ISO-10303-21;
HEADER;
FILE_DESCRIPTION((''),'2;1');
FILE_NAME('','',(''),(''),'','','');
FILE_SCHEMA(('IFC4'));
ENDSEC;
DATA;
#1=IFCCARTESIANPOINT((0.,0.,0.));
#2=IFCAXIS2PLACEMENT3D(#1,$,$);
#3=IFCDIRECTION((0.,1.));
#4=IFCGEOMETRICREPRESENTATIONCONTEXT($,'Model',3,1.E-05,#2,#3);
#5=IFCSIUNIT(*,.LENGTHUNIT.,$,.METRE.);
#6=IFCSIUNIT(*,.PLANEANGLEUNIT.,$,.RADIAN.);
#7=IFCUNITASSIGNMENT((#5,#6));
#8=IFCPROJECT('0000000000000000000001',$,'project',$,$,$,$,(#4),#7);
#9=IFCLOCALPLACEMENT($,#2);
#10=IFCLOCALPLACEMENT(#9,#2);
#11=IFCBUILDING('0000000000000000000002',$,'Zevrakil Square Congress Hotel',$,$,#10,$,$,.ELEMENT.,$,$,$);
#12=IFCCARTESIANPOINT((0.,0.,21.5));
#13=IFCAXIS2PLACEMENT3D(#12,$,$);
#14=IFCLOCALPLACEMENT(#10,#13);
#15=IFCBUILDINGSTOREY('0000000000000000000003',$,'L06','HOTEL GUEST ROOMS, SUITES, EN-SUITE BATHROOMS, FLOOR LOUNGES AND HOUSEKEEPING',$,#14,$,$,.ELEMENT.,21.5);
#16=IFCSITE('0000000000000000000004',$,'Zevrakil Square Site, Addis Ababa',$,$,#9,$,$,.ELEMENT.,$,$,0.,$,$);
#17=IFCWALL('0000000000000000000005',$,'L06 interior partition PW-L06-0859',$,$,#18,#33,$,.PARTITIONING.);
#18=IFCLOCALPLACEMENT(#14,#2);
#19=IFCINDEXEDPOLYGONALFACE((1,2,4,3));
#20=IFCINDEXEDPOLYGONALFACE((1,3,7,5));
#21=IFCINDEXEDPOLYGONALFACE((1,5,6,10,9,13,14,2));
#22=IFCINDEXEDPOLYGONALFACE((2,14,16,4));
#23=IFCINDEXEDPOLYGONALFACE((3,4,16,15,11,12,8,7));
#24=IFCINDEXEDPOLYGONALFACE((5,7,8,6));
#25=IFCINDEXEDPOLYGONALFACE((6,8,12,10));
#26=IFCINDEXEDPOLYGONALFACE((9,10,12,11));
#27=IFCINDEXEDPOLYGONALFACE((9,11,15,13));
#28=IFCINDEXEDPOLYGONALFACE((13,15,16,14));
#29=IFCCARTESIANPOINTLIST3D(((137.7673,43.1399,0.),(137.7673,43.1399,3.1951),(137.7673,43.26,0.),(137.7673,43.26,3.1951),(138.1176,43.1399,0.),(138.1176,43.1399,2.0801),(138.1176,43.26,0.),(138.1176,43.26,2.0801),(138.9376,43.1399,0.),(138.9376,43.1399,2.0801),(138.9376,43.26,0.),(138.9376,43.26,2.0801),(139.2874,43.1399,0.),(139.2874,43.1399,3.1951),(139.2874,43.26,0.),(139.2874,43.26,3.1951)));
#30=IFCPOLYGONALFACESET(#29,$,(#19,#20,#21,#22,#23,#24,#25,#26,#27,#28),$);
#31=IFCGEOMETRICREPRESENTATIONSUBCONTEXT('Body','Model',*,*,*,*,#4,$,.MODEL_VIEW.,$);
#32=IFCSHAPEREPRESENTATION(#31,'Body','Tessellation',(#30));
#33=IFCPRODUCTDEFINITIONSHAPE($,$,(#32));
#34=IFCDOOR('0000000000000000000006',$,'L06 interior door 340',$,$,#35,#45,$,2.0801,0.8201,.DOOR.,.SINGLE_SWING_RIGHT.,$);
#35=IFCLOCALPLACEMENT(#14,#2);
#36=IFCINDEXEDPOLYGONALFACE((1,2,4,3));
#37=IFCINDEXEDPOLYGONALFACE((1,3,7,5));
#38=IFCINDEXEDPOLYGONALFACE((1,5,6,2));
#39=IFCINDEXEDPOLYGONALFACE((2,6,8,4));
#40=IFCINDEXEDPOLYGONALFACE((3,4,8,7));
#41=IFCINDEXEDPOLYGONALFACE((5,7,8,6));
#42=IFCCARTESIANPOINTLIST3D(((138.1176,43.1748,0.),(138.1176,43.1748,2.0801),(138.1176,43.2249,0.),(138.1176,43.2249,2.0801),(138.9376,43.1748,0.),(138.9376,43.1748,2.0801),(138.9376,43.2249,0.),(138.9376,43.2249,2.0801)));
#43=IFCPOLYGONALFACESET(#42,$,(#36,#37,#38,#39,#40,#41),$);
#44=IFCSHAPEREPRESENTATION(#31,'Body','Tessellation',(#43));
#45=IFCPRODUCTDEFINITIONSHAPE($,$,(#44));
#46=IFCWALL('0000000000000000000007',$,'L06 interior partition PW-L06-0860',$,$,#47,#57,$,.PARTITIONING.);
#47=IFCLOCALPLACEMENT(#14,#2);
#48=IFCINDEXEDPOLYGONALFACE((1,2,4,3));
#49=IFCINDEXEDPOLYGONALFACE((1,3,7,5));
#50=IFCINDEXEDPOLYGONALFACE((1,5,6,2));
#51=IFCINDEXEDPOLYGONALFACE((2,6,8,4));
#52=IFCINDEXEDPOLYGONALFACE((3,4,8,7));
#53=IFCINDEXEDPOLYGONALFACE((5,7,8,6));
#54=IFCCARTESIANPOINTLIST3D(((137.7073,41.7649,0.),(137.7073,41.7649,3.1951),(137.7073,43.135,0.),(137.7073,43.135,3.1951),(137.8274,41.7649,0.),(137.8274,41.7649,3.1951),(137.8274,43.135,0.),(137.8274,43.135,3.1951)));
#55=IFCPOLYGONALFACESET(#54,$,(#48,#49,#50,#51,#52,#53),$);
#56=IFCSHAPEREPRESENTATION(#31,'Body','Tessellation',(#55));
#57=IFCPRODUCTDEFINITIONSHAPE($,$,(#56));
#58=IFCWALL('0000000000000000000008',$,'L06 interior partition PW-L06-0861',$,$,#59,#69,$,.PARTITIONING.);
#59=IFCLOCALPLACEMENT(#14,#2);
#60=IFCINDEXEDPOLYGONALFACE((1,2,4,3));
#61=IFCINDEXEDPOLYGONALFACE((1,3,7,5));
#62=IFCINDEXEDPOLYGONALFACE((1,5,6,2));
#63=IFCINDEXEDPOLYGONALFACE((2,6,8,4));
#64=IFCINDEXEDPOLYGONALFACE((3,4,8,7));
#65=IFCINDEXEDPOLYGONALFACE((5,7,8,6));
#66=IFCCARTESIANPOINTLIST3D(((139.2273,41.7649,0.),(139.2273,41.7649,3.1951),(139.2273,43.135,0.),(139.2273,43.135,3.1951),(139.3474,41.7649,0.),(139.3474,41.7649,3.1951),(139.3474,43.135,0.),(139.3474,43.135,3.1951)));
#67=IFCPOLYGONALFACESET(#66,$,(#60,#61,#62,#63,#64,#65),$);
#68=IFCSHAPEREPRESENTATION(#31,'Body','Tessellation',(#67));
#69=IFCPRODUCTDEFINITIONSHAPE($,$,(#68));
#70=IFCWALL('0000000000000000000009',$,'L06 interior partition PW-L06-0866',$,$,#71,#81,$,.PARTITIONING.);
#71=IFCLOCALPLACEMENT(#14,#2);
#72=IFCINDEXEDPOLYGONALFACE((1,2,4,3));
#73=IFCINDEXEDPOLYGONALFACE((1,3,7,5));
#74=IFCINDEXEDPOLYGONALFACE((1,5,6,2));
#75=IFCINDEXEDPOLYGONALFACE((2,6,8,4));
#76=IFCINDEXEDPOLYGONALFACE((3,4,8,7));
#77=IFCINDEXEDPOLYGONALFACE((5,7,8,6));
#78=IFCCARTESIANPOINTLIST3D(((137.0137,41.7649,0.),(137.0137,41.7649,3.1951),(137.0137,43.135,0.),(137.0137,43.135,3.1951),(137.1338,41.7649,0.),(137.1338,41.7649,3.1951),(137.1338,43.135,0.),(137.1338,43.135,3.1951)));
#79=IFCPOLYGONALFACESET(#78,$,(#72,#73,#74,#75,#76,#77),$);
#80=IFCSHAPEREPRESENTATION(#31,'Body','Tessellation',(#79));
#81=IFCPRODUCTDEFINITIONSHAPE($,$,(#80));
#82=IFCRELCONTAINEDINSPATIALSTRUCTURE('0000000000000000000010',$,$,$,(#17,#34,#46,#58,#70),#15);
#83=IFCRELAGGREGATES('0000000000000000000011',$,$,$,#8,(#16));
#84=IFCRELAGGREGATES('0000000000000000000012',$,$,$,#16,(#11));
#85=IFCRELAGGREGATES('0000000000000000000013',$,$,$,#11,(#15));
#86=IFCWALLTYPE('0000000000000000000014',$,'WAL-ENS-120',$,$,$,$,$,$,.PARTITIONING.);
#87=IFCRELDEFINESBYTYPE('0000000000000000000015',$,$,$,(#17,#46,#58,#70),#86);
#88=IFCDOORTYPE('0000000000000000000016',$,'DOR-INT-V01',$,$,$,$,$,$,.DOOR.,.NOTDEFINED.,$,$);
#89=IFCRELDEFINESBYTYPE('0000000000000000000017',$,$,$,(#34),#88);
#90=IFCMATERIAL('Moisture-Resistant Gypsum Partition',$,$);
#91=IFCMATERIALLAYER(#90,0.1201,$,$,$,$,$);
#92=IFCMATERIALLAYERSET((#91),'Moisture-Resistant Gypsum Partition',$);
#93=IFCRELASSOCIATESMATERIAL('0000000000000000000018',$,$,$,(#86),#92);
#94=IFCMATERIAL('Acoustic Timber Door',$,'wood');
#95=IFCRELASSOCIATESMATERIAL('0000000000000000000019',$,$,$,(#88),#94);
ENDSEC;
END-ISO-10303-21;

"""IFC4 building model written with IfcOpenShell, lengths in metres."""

from ifc_helpers import new_model, si_unit, direction, frame, frame_2d, origin, place, context, subcontext, project, spatial, rectangle, extrude, material, layer, layer_set, type_object, element, fill, save


model = new_model("IFC4")

# Units and contexts
model_context = context("Model", 3, precision=1e-05, world=origin(), true_north=direction((0.0, 1.0)))
body_context = subcontext(model_context, "Body", "Model", "MODEL_VIEW")
ifc_project = project(units=[si_unit("LENGTHUNIT", "METRE"), si_unit("PLANEANGLEUNIT", "RADIAN")], contexts=[model_context])

# Site, building, storey
site_placement = place(None, origin())
site = spatial("IfcSite", under=ifc_project, at=site_placement, Name="Zevrakil Square Site, Addis Ababa", CompositionType="ELEMENT", RefElevation=0.0)
building_placement = place(site_placement, origin())
building = spatial("IfcBuilding", under=site, at=building_placement, Name="Zevrakil Square Congress Hotel", CompositionType="ELEMENT")
storey_placement = place(building_placement, frame((0.0, 0.0, 21.5)))
storey = spatial("IfcBuildingStorey", under=building, at=storey_placement, Name="L06", Description="HOTEL GUEST ROOMS, SUITES, EN-SUITE BATHROOMS, FLOOR LOUNGES AND HOUSEKEEPING", CompositionType="ELEMENT", Elevation=21.5)

# Shared definitions
ifc_material_1 = material(Name="Moisture-Resistant Gypsum Partition")
ifc_layer_1 = layer(ifc_material_1, 0.1201)
ifc_layer_set_1 = layer_set([ifc_layer_1], Name="Moisture-Resistant Gypsum Partition")
wall_type_1 = type_object("IfcWallType", Name="WAL-ENS-120", PredefinedType="PARTITIONING", material=ifc_layer_set_1)

# Shared definitions
ifc_material_2 = material(Name="Acoustic Timber Door", Category="wood")
door_type_1 = type_object("IfcDoorType", Name="DOR-INT-V01", OperationType="NOTDEFINED", PredefinedType="DOOR", material=ifc_material_2)

# Wall, opening, door
wall_1_placement = place(storey_placement, frame((137.7673, 43.2, 0.0), z_axis=(0.0, 0.0, 1.0), x_axis=(1.0, 0.0, 0.0)))
wall_1 = element("IfcWall", 1, at=wall_1_placement, inside=storey, type_object=wall_type_1, Name="L06 interior partition PW-L06-0859", PredefinedType="PARTITIONING", context=body_context, shape_type="SweptSolid", body=[
    extrude(rectangle(XDim=1.52, YDim=0.1201, at=frame_2d((0.76, 0.0))), origin(), (0.0, 0.0, 1.0), 3.1951),
])
opening_1_placement = place(wall_1_placement, frame((0.3501, 0.0, 0.0)))
opening_1 = element("IfcOpeningElement", 2, at=opening_1_placement, cuts=wall_1, PredefinedType="OPENING", context=body_context, shape_type="SweptSolid", body=[
    extrude(rectangle(XDim=0.8201, YDim=2.0801, at=frame_2d((0.4102, 1.04))), frame((0.0, 0.0701, 0.0), z_axis=(0.0, -1.0, 0.0), x_axis=(1.0, 0.0, 0.0)), (0.0, 0.0, 1.0), 0.1401),
])
door_1_placement = place(opening_1_placement, origin())
door_1 = element("IfcDoor", 3, at=door_1_placement, inside=storey, type_object=door_type_1, Name="L06 interior door 340", OperationType="SINGLE_SWING_RIGHT", OverallHeight=2.0801, OverallWidth=0.8201, PredefinedType="DOOR", context=body_context, shape_type="SweptSolid", body=[
    extrude(rectangle(XDim=0.8201, YDim=2.0801, at=frame_2d((0.4102, 1.04))), frame((0.0, 0.0249, 0.0), z_axis=(0.0, -1.0, 0.0), x_axis=(1.0, 0.0, 0.0)), (0.0, 0.0, 1.0), 0.05),
])
fill(opening_1, door_1)

# Walls
for number, where, z_axis, x_axis, name in (
    (4, (137.7673, 41.7649, 0.0), (0.0, 0.0, 1.0), (0.0, 1.0, 0.0), "L06 interior partition PW-L06-0860"),
    (5, (139.2874, 41.7649, 0.0), (0.0, 0.0, 1.0), (0.0, 1.0, 0.0), "L06 interior partition PW-L06-0861"),
    (6, (137.0737, 41.7649, 0.0), (0.0, 0.0, 1.0), (0.0, 1.0, 0.0), "L06 interior partition PW-L06-0866"),
):
    element("IfcWall", number, at=place(storey_placement, frame(where, z_axis=z_axis, x_axis=x_axis)), inside=storey, type_object=wall_type_1, Name=name, PredefinedType="PARTITIONING", context=body_context, shape_type="SweptSolid", body=[
        extrude(rectangle(XDim=1.3701, YDim=0.1201, at=frame_2d((0.6851, 0.0))), origin(), (0.0, 0.0, 1.0), 3.1951),
    ])

save(model, "model.ifc")
